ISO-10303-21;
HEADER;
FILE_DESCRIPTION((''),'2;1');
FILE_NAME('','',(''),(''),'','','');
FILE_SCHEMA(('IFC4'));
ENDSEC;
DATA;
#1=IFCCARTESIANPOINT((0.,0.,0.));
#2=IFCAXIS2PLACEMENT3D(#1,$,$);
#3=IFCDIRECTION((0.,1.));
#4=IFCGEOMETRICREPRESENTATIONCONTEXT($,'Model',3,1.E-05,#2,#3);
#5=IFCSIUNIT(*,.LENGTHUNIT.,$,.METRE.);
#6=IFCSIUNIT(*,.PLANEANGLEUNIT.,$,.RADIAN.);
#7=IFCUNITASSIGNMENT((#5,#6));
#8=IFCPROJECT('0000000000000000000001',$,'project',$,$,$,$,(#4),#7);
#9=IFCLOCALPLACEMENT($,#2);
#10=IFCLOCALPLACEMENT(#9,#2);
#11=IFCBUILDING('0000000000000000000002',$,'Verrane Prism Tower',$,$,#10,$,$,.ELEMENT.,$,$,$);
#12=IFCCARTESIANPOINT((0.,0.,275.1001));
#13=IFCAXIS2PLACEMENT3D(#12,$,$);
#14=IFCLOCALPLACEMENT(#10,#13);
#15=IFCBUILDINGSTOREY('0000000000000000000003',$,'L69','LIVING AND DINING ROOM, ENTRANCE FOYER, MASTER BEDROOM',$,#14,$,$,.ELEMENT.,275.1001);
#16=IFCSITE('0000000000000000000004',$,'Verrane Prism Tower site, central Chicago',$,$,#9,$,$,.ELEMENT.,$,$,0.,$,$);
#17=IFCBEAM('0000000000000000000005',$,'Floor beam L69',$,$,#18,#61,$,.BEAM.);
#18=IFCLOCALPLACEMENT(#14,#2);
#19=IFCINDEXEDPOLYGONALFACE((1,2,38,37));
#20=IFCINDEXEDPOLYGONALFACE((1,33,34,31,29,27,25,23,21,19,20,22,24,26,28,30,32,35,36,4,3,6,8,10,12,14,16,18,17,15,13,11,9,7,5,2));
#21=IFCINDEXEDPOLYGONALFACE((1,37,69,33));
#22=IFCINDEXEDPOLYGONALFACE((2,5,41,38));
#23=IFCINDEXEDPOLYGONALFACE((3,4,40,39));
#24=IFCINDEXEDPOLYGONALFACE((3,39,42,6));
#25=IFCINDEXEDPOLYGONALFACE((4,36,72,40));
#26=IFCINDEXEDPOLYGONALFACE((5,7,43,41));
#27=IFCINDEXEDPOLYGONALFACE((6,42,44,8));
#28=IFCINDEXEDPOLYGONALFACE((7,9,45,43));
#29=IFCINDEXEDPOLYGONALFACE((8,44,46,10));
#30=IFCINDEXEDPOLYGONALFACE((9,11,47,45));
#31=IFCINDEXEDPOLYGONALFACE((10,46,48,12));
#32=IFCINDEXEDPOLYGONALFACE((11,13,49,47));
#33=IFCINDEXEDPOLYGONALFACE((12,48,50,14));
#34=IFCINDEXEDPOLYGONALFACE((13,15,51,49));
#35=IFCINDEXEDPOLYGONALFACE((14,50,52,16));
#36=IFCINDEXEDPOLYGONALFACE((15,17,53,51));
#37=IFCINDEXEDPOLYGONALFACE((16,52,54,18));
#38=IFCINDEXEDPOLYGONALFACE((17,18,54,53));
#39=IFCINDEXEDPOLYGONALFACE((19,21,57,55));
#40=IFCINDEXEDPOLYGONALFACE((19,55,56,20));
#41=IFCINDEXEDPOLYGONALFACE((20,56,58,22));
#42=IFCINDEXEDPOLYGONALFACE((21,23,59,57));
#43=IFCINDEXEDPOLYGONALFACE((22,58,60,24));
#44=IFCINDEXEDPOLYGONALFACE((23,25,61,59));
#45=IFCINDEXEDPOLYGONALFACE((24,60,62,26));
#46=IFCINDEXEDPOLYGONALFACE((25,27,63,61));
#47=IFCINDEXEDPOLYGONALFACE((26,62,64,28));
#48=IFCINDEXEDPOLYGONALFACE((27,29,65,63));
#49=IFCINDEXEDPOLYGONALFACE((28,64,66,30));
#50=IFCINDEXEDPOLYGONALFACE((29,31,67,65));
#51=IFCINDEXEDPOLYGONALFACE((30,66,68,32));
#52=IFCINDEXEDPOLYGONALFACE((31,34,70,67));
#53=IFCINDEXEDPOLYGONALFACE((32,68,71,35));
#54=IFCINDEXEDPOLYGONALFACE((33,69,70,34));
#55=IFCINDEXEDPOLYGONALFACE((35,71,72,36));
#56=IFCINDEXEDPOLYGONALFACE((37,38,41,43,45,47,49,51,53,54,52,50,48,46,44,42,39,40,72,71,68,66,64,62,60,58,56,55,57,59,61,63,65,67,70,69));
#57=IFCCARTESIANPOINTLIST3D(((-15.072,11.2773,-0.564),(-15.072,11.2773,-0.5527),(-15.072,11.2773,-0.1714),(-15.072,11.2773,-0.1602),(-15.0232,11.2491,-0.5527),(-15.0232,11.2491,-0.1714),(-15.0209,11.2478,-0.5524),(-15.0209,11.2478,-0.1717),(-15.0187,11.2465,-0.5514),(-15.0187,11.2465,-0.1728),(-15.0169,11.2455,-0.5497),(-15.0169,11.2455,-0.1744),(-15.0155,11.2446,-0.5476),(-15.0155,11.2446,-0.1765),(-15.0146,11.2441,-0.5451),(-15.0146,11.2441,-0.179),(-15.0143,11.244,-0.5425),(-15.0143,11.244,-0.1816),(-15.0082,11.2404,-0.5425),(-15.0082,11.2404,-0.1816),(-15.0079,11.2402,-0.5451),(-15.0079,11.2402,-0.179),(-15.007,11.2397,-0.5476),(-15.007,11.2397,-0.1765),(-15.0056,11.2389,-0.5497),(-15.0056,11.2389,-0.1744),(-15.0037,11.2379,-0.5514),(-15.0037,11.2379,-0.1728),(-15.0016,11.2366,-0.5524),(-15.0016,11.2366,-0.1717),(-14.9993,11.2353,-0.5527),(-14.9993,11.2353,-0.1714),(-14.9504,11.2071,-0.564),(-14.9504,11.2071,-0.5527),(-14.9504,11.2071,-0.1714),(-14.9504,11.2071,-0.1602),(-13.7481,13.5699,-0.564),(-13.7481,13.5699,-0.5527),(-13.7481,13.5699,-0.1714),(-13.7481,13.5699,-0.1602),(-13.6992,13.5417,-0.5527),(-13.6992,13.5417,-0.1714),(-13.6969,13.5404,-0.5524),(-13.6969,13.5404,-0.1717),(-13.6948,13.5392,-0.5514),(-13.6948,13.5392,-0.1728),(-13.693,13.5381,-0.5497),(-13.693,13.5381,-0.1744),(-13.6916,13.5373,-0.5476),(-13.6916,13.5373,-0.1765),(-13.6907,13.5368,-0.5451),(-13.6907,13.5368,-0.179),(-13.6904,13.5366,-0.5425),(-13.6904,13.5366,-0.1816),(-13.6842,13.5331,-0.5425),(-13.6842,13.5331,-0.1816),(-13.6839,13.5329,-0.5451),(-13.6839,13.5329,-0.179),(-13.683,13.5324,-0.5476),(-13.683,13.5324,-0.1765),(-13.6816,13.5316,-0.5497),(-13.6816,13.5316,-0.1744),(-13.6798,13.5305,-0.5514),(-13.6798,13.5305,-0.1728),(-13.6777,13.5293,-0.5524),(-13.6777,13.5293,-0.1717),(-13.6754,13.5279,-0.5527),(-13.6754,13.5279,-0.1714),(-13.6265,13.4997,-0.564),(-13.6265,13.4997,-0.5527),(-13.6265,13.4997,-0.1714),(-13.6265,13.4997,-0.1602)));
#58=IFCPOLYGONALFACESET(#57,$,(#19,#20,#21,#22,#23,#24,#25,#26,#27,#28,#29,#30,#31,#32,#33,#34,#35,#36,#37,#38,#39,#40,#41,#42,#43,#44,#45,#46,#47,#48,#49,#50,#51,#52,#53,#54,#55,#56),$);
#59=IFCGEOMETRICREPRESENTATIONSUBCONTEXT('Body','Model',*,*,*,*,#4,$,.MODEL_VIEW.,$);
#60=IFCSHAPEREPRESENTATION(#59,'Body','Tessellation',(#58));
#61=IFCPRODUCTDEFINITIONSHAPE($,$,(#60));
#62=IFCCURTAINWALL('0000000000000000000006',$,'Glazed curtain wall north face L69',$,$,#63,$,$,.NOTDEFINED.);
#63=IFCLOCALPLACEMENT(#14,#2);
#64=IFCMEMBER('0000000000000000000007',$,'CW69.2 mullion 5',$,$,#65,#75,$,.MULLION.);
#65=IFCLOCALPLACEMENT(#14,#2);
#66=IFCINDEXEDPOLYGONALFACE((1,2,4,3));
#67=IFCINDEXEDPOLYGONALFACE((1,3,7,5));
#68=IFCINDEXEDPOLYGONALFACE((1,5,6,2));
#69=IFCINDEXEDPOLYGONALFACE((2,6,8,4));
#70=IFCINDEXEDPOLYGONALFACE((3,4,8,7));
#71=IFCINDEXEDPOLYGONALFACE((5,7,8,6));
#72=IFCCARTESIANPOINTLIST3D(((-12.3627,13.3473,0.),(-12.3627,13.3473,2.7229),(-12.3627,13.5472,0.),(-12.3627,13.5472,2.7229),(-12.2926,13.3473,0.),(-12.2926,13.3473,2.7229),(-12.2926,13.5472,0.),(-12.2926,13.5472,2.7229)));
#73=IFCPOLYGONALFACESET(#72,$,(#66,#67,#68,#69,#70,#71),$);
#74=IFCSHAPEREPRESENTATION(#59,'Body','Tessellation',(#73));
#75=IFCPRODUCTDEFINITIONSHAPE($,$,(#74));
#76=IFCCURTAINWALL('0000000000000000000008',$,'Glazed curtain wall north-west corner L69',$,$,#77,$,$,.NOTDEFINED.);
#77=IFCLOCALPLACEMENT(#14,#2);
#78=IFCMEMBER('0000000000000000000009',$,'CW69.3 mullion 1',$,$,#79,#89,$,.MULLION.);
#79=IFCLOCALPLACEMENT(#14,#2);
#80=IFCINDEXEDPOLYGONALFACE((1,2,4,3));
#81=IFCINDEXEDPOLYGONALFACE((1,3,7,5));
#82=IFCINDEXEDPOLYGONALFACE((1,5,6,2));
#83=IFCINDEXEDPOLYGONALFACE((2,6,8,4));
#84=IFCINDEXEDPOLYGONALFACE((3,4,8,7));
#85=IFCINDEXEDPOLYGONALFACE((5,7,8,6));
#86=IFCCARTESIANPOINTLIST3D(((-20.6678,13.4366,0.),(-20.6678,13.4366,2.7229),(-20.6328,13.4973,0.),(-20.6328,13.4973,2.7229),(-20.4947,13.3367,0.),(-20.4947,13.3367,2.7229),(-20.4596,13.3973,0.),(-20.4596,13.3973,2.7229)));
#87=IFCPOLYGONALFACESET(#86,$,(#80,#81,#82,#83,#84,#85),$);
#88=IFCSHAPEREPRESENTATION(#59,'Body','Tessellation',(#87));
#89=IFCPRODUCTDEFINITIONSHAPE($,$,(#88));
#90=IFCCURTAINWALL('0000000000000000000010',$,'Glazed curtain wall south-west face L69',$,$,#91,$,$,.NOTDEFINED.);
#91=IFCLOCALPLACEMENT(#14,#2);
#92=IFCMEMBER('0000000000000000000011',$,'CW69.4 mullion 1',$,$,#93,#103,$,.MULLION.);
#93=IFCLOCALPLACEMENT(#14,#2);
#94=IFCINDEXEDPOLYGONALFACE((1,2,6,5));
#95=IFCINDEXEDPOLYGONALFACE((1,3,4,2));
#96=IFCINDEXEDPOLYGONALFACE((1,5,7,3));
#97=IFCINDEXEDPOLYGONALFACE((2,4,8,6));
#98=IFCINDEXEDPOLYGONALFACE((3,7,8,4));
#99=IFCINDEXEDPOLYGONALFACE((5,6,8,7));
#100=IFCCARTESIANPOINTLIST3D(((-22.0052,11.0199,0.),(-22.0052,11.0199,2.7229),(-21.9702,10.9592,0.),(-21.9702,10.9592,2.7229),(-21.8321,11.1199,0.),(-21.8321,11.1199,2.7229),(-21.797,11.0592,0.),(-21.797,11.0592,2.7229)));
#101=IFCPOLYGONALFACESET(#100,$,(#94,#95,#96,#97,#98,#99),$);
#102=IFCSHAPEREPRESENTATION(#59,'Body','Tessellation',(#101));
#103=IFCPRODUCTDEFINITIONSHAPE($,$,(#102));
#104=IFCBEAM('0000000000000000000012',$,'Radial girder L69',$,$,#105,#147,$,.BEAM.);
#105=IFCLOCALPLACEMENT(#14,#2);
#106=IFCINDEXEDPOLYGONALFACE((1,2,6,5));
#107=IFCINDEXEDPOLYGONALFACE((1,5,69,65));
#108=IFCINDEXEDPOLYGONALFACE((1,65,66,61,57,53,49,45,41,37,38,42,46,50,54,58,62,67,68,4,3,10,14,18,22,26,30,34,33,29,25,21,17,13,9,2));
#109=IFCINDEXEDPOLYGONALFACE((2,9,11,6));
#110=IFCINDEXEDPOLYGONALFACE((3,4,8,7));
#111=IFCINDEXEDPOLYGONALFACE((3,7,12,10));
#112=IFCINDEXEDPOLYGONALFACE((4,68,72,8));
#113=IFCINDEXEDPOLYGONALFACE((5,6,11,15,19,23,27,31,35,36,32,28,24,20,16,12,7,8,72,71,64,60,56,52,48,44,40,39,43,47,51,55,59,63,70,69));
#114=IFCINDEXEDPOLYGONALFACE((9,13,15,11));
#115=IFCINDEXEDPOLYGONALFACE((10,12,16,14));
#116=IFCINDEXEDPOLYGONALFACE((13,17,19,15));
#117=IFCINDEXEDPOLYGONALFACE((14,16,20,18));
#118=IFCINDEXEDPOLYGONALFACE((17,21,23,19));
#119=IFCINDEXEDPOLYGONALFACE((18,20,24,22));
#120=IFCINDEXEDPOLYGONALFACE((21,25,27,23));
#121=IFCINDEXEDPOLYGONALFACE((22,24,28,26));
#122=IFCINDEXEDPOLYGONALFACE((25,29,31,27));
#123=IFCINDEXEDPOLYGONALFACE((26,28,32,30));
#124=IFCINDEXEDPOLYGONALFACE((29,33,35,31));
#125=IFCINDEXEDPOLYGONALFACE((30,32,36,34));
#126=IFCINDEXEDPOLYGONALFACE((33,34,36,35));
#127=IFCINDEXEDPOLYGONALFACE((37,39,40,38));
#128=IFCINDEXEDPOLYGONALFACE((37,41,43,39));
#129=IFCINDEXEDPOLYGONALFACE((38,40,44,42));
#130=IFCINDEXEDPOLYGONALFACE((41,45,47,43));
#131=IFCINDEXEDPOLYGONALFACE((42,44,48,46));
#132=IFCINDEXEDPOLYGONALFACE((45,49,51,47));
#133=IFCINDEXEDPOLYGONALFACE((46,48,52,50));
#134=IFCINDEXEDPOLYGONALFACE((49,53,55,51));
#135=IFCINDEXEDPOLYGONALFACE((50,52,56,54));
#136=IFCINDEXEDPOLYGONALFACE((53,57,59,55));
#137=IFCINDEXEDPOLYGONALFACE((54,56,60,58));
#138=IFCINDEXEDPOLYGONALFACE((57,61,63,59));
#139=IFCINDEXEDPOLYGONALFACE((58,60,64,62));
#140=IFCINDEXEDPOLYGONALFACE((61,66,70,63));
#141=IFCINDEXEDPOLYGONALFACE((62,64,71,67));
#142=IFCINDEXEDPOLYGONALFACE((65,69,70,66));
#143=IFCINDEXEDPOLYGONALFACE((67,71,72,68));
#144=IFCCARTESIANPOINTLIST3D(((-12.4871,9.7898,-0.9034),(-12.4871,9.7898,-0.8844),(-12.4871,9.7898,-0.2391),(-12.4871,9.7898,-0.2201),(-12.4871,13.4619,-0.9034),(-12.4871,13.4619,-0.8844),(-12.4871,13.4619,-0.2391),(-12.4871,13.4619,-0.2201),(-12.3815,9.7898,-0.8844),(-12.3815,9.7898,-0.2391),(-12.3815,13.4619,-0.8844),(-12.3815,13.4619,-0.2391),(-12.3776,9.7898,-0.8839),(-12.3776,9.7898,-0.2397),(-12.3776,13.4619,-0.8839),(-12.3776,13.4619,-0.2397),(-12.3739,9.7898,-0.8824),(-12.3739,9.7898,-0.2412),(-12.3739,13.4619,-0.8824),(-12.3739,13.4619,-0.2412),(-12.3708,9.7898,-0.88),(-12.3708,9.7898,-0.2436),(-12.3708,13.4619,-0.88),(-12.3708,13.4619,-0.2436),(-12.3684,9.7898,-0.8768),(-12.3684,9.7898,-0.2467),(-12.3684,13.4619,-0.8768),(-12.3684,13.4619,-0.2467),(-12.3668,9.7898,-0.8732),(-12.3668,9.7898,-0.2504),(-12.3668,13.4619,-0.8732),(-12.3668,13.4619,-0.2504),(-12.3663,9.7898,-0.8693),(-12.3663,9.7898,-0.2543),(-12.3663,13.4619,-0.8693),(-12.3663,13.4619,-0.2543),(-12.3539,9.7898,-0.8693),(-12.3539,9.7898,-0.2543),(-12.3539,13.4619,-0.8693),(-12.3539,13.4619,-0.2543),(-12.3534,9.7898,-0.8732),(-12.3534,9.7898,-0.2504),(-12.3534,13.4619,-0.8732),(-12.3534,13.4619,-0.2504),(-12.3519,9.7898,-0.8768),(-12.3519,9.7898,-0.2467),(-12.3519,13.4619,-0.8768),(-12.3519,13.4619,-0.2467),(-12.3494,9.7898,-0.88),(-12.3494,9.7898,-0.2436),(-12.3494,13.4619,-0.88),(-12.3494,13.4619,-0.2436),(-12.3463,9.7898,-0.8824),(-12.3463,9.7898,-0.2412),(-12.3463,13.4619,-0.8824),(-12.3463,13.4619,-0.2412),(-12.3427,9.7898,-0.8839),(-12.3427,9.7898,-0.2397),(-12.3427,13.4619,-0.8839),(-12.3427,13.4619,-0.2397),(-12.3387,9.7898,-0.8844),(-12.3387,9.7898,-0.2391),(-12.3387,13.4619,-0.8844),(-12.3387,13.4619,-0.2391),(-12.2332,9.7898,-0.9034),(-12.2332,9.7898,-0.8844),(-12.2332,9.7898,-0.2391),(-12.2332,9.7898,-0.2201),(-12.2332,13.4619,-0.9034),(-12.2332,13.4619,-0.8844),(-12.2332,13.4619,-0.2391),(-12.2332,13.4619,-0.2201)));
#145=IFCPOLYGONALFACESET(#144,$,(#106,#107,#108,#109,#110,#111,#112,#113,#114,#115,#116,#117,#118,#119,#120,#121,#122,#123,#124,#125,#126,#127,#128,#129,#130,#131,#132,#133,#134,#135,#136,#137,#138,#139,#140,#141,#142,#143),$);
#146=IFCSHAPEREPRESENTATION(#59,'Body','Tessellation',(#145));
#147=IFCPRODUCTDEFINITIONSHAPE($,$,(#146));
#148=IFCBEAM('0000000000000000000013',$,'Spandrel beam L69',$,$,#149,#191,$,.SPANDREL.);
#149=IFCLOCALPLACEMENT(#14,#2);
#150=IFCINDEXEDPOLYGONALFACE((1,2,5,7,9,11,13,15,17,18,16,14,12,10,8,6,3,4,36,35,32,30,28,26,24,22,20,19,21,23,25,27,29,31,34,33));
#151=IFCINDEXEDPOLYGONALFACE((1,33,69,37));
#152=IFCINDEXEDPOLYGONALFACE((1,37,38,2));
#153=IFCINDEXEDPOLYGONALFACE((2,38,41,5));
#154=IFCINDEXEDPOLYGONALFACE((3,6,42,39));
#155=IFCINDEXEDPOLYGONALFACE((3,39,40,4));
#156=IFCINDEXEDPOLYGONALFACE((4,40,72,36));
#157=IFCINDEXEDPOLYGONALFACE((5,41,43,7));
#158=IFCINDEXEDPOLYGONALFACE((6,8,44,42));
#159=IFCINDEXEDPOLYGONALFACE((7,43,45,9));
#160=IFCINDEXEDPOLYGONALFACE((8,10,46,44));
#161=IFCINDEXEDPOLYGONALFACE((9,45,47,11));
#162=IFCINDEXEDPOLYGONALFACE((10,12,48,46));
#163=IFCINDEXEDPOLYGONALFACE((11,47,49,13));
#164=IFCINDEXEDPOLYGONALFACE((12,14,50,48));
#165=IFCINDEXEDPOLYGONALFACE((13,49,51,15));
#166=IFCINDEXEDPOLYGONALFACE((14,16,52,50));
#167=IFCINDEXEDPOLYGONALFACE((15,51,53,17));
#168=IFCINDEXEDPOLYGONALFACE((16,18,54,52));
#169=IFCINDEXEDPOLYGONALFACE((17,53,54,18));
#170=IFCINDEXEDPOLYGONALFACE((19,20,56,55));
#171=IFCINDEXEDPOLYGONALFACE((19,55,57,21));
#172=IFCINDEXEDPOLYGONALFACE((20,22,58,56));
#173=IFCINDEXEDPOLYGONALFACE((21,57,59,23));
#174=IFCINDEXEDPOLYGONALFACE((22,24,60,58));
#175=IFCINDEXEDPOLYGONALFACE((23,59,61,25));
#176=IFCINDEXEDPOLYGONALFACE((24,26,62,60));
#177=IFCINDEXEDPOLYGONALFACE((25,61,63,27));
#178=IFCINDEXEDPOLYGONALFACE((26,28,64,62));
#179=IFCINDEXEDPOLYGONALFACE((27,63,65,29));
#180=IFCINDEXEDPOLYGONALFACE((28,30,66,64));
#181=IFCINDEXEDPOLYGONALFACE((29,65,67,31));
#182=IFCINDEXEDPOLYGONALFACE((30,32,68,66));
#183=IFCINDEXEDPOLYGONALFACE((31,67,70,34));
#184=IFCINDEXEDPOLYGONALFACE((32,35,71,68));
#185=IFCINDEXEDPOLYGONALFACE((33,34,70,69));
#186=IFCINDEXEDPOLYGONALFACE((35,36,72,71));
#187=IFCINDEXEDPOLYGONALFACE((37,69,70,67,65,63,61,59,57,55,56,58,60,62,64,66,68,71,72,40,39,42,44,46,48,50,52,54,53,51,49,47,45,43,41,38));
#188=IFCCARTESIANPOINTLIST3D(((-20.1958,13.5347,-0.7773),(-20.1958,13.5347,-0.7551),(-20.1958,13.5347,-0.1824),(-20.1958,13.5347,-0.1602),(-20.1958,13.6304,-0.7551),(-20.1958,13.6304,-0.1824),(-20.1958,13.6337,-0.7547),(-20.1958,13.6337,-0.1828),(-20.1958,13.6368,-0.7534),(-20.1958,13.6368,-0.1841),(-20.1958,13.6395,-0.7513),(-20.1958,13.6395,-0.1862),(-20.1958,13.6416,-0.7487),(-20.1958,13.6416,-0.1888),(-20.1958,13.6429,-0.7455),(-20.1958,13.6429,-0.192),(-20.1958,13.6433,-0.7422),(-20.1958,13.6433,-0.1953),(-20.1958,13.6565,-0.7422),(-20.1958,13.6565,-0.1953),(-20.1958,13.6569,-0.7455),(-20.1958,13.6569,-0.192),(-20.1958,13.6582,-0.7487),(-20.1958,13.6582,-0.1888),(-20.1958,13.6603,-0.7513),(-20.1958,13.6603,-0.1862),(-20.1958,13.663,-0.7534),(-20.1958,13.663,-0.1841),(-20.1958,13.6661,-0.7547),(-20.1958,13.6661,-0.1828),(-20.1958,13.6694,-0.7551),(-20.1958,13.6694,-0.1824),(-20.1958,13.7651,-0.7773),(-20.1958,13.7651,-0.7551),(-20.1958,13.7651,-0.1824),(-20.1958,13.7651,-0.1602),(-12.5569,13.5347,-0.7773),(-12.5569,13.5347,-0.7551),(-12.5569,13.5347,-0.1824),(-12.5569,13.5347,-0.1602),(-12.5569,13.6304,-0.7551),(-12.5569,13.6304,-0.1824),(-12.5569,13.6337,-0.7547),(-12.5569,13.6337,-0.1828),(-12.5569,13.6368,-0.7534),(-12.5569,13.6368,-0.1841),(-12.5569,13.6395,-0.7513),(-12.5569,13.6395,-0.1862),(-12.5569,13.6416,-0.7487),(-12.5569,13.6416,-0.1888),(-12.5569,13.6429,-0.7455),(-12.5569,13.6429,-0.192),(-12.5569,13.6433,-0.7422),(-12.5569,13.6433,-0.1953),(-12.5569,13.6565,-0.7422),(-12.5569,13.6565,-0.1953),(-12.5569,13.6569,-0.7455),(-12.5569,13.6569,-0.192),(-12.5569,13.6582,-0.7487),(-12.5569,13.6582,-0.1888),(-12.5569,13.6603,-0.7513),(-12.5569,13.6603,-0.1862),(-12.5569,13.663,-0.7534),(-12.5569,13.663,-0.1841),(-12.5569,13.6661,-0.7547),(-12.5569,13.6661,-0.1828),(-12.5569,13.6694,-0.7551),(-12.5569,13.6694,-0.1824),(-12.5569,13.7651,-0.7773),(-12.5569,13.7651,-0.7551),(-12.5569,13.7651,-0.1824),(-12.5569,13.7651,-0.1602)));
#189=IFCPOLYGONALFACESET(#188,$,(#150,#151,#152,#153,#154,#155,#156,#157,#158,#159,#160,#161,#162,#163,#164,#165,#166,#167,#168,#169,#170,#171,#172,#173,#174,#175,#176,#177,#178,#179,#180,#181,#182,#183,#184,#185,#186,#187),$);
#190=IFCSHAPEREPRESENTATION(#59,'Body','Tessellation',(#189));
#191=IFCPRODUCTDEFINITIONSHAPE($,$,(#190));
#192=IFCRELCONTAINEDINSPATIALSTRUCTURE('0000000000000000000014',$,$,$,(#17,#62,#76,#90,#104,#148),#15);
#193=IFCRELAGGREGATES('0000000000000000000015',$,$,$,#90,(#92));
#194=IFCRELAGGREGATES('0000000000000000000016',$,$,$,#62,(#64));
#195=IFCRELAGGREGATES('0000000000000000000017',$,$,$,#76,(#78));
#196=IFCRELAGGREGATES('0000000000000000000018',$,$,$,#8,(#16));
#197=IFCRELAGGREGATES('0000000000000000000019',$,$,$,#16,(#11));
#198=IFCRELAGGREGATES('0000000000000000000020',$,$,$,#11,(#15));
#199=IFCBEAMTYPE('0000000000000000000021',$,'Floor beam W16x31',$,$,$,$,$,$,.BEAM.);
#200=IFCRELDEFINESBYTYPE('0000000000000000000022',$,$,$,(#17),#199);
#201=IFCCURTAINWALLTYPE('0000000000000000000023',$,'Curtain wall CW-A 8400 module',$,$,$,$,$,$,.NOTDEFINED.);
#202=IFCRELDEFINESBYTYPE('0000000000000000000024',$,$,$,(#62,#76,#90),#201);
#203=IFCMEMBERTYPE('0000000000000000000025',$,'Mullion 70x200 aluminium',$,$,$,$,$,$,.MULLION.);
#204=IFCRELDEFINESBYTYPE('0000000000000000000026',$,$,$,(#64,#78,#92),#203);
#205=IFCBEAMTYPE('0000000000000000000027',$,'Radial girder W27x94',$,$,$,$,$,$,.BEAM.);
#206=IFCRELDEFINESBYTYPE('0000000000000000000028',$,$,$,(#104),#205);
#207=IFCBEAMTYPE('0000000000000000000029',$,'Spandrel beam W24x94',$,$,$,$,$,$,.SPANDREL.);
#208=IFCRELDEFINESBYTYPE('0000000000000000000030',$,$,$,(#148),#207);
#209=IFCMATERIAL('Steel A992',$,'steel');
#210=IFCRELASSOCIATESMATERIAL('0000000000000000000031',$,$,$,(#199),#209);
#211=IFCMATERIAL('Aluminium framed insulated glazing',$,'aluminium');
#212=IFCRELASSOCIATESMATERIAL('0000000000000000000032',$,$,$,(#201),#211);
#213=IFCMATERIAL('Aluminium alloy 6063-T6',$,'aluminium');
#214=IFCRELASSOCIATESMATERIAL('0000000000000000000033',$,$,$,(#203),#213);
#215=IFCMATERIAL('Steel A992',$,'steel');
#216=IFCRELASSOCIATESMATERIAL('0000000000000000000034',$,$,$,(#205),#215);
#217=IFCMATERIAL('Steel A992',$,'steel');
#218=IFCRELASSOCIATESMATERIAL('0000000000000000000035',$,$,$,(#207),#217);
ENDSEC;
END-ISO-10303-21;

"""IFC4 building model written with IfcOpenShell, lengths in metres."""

from ifc_helpers import new_model, si_unit, direction, frame, origin, origin_2d, place, context, subcontext, project, spatial, rectangle, i_section, extrude, material, material_profile, profile_set, type_object, element, aggregate, save


model = new_model("IFC4")

# Units and contexts
model_context = context("Model", 3, precision=1e-05, world=origin(), true_north=direction((0.0, 1.0)))
body_context = subcontext(model_context, "Body", "Model", "MODEL_VIEW")
ifc_project = project(units=[si_unit("LENGTHUNIT", "METRE"), si_unit("PLANEANGLEUNIT", "RADIAN")], contexts=[model_context])

# Site, building, storey
site_placement = place(None, origin())
site = spatial("IfcSite", under=ifc_project, at=site_placement, Name="Verrane Prism Tower site, central Chicago", CompositionType="ELEMENT", RefElevation=0.0)
building_placement = place(site_placement, origin())
building = spatial("IfcBuilding", under=site, at=building_placement, Name="Verrane Prism Tower", CompositionType="ELEMENT")
storey_placement = place(building_placement, frame((0.0, 0.0, 275.1001)))
storey = spatial("IfcBuildingStorey", under=building, at=storey_placement, Name="L69", Description="LIVING AND DINING ROOM, ENTRANCE FOYER, MASTER BEDROOM", CompositionType="ELEMENT", Elevation=275.1001)

# Beam
ifc_material_1 = material(Name="Steel A992", Category="steel")
ifc_material_profile_1 = material_profile(ifc_material_1, i_section(OverallWidth=0.1404, OverallDepth=0.4038, WebThickness=0.0071, FlangeThickness=0.0112, FilletRadius=0.0103, at=origin_2d()), Name="W16x31")
ifc_profile_set_1 = profile_set([ifc_material_profile_1], Name="Steel A992")
beam_type_1 = type_object("IfcBeamType", Name="Floor beam W16x31", PredefinedType="BEAM", material=ifc_profile_set_1)
beam_1_placement = place(storey_placement, frame((-15.0112, 11.2422, -0.3621), z_axis=(0.500076, 0.865981, 0.0), x_axis=(-0.865981, 0.500076, 0.0)))
element("IfcBeam", 1, at=beam_1_placement, inside=storey, type_object=beam_type_1, Name="Floor beam L69", PredefinedType="BEAM", context=body_context, shape_type="SweptSolid", body=[
    extrude(i_section(OverallWidth=0.1404, OverallDepth=0.4038, WebThickness=0.0071, FlangeThickness=0.0112, FilletRadius=0.0103, at=origin_2d()), origin(), (0.0, 0.0, 1.0), 2.6475),
])

# Curtain walls, members
ifc_material_2 = material(Name="Aluminium framed insulated glazing", Category="aluminium")
curtain_wall_type = type_object("IfcCurtainWallType", Name="Curtain wall CW-A 8400 module", PredefinedType="NOTDEFINED", material=ifc_material_2)
curtain_wall_1_placement = place(storey_placement, origin())
curtain_wall_1 = element("IfcCurtainWall", 2, at=curtain_wall_1_placement, inside=storey, type_object=curtain_wall_type, Name="Glazed curtain wall north face L69", PredefinedType="NOTDEFINED")
ifc_material_3 = material(Name="Aluminium alloy 6063-T6", Category="aluminium")
ifc_material_profile_2 = material_profile(ifc_material_3, rectangle(XDim=0.2, YDim=0.0701, at=origin_2d()), Name="Mullion 70x200 aluminium")
ifc_profile_set_2 = profile_set([ifc_material_profile_2], Name="Aluminium alloy 6063-T6")
member_type_1 = type_object("IfcMemberType", Name="Mullion 70x200 aluminium", PredefinedType="MULLION", material=ifc_profile_set_2)
member_1_placement = place(storey_placement, frame((-12.3276, 13.4473, 0.0), z_axis=(0.0, 0.0, 1.0), x_axis=(0.0, -1.0, 0.0)))
member_1 = element("IfcMember", 3, at=member_1_placement, type_object=member_type_1, Name="CW69.2 mullion 5", PredefinedType="MULLION", context=body_context, shape_type="SweptSolid", body=[
    extrude(rectangle(XDim=0.2, YDim=0.0701, at=origin_2d()), origin(), (0.0, 0.0, 1.0), 2.7229),
])
curtain_wall_2_placement = place(storey_placement, origin())
curtain_wall_2 = element("IfcCurtainWall", 4, at=curtain_wall_2_placement, inside=storey, type_object=curtain_wall_type, Name="Glazed curtain wall north-west corner L69", PredefinedType="NOTDEFINED")
member_2_placement = place(storey_placement, frame((-20.5637, 13.417, 0.0), z_axis=(0.0, 0.0, 1.0), x_axis=(0.866024, -0.500002, 0.0)))
member_2 = element("IfcMember", 5, at=member_2_placement, type_object=member_type_1, Name="CW69.3 mullion 1", PredefinedType="MULLION", context=body_context, shape_type="SweptSolid", body=[
    extrude(rectangle(XDim=0.2, YDim=0.0701, at=origin_2d()), origin(), (0.0, 0.0, 1.0), 2.7229),
])
curtain_wall_3_placement = place(storey_placement, origin())
curtain_wall_3 = element("IfcCurtainWall", 6, at=curtain_wall_3_placement, inside=storey, type_object=curtain_wall_type, Name="Glazed curtain wall south-west face L69", PredefinedType="NOTDEFINED")
member_3_placement = place(storey_placement, frame((-21.9011, 11.0396, 0.0), z_axis=(0.0, 0.0, 1.0), x_axis=(0.866025, 0.500001, 0.0)))
member_3 = element("IfcMember", 7, at=member_3_placement, type_object=member_type_1, Name="CW69.4 mullion 1", PredefinedType="MULLION", context=body_context, shape_type="SweptSolid", body=[
    extrude(rectangle(XDim=0.2, YDim=0.0701, at=origin_2d()), origin(), (0.0, 0.0, 1.0), 2.7229),
])

# Beams
ifc_material_4 = material(Name="Steel A992", Category="steel")
ifc_material_profile_3 = material_profile(ifc_material_4, i_section(OverallWidth=0.2539, OverallDepth=0.6833, WebThickness=0.0125, FlangeThickness=0.019, FilletRadius=0.0151, at=origin_2d()), Name="W27x94")
ifc_profile_set_3 = profile_set([ifc_material_profile_3], Name="Steel A992")
beam_type_2 = type_object("IfcBeamType", Name="Radial girder W27x94", PredefinedType="BEAM", material=ifc_profile_set_3)
beam_2_placement = place(storey_placement, frame((-12.3601, 13.4619, -0.5618), z_axis=(0.0, -1.0, 0.0), x_axis=(1.0, 0.0, 0.0)))
element("IfcBeam", 8, at=beam_2_placement, inside=storey, type_object=beam_type_2, Name="Radial girder L69", PredefinedType="BEAM", context=body_context, shape_type="SweptSolid", body=[
    extrude(i_section(OverallWidth=0.2539, OverallDepth=0.6833, WebThickness=0.0125, FlangeThickness=0.019, FilletRadius=0.0151, at=origin_2d()), origin(), (0.0, 0.0, 1.0), 3.6721),
])
ifc_material_5 = material(Name="Steel A992", Category="steel")
ifc_material_profile_4 = material_profile(ifc_material_5, i_section(OverallWidth=0.2305, OverallDepth=0.6172, WebThickness=0.0132, FlangeThickness=0.0222, FilletRadius=0.0129, at=origin_2d()), Name="W24x94")
ifc_profile_set_4 = profile_set([ifc_material_profile_4], Name="Steel A992")
beam_type_3 = type_object("IfcBeamType", Name="Spandrel beam W24x94", PredefinedType="SPANDREL", material=ifc_profile_set_4)
beam_3_placement = place(storey_placement, frame((-12.5569, 13.6499, -0.4688), z_axis=(-1.0, 0.0, 0.0), x_axis=(0.0, -1.0, 0.0)))
element("IfcBeam", 9, at=beam_3_placement, inside=storey, type_object=beam_type_3, Name="Spandrel beam L69", PredefinedType="SPANDREL", context=body_context, shape_type="SweptSolid", body=[
    extrude(i_section(OverallWidth=0.2305, OverallDepth=0.6172, WebThickness=0.0132, FlangeThickness=0.0222, FilletRadius=0.0129, at=origin_2d()), origin(), (0.0, 0.0, 1.0), 7.6389),
])

aggregate(curtain_wall_3, [member_3])

aggregate(curtain_wall_1, [member_1])
aggregate(curtain_wall_2, [member_2])

save(model, "model.ifc")
